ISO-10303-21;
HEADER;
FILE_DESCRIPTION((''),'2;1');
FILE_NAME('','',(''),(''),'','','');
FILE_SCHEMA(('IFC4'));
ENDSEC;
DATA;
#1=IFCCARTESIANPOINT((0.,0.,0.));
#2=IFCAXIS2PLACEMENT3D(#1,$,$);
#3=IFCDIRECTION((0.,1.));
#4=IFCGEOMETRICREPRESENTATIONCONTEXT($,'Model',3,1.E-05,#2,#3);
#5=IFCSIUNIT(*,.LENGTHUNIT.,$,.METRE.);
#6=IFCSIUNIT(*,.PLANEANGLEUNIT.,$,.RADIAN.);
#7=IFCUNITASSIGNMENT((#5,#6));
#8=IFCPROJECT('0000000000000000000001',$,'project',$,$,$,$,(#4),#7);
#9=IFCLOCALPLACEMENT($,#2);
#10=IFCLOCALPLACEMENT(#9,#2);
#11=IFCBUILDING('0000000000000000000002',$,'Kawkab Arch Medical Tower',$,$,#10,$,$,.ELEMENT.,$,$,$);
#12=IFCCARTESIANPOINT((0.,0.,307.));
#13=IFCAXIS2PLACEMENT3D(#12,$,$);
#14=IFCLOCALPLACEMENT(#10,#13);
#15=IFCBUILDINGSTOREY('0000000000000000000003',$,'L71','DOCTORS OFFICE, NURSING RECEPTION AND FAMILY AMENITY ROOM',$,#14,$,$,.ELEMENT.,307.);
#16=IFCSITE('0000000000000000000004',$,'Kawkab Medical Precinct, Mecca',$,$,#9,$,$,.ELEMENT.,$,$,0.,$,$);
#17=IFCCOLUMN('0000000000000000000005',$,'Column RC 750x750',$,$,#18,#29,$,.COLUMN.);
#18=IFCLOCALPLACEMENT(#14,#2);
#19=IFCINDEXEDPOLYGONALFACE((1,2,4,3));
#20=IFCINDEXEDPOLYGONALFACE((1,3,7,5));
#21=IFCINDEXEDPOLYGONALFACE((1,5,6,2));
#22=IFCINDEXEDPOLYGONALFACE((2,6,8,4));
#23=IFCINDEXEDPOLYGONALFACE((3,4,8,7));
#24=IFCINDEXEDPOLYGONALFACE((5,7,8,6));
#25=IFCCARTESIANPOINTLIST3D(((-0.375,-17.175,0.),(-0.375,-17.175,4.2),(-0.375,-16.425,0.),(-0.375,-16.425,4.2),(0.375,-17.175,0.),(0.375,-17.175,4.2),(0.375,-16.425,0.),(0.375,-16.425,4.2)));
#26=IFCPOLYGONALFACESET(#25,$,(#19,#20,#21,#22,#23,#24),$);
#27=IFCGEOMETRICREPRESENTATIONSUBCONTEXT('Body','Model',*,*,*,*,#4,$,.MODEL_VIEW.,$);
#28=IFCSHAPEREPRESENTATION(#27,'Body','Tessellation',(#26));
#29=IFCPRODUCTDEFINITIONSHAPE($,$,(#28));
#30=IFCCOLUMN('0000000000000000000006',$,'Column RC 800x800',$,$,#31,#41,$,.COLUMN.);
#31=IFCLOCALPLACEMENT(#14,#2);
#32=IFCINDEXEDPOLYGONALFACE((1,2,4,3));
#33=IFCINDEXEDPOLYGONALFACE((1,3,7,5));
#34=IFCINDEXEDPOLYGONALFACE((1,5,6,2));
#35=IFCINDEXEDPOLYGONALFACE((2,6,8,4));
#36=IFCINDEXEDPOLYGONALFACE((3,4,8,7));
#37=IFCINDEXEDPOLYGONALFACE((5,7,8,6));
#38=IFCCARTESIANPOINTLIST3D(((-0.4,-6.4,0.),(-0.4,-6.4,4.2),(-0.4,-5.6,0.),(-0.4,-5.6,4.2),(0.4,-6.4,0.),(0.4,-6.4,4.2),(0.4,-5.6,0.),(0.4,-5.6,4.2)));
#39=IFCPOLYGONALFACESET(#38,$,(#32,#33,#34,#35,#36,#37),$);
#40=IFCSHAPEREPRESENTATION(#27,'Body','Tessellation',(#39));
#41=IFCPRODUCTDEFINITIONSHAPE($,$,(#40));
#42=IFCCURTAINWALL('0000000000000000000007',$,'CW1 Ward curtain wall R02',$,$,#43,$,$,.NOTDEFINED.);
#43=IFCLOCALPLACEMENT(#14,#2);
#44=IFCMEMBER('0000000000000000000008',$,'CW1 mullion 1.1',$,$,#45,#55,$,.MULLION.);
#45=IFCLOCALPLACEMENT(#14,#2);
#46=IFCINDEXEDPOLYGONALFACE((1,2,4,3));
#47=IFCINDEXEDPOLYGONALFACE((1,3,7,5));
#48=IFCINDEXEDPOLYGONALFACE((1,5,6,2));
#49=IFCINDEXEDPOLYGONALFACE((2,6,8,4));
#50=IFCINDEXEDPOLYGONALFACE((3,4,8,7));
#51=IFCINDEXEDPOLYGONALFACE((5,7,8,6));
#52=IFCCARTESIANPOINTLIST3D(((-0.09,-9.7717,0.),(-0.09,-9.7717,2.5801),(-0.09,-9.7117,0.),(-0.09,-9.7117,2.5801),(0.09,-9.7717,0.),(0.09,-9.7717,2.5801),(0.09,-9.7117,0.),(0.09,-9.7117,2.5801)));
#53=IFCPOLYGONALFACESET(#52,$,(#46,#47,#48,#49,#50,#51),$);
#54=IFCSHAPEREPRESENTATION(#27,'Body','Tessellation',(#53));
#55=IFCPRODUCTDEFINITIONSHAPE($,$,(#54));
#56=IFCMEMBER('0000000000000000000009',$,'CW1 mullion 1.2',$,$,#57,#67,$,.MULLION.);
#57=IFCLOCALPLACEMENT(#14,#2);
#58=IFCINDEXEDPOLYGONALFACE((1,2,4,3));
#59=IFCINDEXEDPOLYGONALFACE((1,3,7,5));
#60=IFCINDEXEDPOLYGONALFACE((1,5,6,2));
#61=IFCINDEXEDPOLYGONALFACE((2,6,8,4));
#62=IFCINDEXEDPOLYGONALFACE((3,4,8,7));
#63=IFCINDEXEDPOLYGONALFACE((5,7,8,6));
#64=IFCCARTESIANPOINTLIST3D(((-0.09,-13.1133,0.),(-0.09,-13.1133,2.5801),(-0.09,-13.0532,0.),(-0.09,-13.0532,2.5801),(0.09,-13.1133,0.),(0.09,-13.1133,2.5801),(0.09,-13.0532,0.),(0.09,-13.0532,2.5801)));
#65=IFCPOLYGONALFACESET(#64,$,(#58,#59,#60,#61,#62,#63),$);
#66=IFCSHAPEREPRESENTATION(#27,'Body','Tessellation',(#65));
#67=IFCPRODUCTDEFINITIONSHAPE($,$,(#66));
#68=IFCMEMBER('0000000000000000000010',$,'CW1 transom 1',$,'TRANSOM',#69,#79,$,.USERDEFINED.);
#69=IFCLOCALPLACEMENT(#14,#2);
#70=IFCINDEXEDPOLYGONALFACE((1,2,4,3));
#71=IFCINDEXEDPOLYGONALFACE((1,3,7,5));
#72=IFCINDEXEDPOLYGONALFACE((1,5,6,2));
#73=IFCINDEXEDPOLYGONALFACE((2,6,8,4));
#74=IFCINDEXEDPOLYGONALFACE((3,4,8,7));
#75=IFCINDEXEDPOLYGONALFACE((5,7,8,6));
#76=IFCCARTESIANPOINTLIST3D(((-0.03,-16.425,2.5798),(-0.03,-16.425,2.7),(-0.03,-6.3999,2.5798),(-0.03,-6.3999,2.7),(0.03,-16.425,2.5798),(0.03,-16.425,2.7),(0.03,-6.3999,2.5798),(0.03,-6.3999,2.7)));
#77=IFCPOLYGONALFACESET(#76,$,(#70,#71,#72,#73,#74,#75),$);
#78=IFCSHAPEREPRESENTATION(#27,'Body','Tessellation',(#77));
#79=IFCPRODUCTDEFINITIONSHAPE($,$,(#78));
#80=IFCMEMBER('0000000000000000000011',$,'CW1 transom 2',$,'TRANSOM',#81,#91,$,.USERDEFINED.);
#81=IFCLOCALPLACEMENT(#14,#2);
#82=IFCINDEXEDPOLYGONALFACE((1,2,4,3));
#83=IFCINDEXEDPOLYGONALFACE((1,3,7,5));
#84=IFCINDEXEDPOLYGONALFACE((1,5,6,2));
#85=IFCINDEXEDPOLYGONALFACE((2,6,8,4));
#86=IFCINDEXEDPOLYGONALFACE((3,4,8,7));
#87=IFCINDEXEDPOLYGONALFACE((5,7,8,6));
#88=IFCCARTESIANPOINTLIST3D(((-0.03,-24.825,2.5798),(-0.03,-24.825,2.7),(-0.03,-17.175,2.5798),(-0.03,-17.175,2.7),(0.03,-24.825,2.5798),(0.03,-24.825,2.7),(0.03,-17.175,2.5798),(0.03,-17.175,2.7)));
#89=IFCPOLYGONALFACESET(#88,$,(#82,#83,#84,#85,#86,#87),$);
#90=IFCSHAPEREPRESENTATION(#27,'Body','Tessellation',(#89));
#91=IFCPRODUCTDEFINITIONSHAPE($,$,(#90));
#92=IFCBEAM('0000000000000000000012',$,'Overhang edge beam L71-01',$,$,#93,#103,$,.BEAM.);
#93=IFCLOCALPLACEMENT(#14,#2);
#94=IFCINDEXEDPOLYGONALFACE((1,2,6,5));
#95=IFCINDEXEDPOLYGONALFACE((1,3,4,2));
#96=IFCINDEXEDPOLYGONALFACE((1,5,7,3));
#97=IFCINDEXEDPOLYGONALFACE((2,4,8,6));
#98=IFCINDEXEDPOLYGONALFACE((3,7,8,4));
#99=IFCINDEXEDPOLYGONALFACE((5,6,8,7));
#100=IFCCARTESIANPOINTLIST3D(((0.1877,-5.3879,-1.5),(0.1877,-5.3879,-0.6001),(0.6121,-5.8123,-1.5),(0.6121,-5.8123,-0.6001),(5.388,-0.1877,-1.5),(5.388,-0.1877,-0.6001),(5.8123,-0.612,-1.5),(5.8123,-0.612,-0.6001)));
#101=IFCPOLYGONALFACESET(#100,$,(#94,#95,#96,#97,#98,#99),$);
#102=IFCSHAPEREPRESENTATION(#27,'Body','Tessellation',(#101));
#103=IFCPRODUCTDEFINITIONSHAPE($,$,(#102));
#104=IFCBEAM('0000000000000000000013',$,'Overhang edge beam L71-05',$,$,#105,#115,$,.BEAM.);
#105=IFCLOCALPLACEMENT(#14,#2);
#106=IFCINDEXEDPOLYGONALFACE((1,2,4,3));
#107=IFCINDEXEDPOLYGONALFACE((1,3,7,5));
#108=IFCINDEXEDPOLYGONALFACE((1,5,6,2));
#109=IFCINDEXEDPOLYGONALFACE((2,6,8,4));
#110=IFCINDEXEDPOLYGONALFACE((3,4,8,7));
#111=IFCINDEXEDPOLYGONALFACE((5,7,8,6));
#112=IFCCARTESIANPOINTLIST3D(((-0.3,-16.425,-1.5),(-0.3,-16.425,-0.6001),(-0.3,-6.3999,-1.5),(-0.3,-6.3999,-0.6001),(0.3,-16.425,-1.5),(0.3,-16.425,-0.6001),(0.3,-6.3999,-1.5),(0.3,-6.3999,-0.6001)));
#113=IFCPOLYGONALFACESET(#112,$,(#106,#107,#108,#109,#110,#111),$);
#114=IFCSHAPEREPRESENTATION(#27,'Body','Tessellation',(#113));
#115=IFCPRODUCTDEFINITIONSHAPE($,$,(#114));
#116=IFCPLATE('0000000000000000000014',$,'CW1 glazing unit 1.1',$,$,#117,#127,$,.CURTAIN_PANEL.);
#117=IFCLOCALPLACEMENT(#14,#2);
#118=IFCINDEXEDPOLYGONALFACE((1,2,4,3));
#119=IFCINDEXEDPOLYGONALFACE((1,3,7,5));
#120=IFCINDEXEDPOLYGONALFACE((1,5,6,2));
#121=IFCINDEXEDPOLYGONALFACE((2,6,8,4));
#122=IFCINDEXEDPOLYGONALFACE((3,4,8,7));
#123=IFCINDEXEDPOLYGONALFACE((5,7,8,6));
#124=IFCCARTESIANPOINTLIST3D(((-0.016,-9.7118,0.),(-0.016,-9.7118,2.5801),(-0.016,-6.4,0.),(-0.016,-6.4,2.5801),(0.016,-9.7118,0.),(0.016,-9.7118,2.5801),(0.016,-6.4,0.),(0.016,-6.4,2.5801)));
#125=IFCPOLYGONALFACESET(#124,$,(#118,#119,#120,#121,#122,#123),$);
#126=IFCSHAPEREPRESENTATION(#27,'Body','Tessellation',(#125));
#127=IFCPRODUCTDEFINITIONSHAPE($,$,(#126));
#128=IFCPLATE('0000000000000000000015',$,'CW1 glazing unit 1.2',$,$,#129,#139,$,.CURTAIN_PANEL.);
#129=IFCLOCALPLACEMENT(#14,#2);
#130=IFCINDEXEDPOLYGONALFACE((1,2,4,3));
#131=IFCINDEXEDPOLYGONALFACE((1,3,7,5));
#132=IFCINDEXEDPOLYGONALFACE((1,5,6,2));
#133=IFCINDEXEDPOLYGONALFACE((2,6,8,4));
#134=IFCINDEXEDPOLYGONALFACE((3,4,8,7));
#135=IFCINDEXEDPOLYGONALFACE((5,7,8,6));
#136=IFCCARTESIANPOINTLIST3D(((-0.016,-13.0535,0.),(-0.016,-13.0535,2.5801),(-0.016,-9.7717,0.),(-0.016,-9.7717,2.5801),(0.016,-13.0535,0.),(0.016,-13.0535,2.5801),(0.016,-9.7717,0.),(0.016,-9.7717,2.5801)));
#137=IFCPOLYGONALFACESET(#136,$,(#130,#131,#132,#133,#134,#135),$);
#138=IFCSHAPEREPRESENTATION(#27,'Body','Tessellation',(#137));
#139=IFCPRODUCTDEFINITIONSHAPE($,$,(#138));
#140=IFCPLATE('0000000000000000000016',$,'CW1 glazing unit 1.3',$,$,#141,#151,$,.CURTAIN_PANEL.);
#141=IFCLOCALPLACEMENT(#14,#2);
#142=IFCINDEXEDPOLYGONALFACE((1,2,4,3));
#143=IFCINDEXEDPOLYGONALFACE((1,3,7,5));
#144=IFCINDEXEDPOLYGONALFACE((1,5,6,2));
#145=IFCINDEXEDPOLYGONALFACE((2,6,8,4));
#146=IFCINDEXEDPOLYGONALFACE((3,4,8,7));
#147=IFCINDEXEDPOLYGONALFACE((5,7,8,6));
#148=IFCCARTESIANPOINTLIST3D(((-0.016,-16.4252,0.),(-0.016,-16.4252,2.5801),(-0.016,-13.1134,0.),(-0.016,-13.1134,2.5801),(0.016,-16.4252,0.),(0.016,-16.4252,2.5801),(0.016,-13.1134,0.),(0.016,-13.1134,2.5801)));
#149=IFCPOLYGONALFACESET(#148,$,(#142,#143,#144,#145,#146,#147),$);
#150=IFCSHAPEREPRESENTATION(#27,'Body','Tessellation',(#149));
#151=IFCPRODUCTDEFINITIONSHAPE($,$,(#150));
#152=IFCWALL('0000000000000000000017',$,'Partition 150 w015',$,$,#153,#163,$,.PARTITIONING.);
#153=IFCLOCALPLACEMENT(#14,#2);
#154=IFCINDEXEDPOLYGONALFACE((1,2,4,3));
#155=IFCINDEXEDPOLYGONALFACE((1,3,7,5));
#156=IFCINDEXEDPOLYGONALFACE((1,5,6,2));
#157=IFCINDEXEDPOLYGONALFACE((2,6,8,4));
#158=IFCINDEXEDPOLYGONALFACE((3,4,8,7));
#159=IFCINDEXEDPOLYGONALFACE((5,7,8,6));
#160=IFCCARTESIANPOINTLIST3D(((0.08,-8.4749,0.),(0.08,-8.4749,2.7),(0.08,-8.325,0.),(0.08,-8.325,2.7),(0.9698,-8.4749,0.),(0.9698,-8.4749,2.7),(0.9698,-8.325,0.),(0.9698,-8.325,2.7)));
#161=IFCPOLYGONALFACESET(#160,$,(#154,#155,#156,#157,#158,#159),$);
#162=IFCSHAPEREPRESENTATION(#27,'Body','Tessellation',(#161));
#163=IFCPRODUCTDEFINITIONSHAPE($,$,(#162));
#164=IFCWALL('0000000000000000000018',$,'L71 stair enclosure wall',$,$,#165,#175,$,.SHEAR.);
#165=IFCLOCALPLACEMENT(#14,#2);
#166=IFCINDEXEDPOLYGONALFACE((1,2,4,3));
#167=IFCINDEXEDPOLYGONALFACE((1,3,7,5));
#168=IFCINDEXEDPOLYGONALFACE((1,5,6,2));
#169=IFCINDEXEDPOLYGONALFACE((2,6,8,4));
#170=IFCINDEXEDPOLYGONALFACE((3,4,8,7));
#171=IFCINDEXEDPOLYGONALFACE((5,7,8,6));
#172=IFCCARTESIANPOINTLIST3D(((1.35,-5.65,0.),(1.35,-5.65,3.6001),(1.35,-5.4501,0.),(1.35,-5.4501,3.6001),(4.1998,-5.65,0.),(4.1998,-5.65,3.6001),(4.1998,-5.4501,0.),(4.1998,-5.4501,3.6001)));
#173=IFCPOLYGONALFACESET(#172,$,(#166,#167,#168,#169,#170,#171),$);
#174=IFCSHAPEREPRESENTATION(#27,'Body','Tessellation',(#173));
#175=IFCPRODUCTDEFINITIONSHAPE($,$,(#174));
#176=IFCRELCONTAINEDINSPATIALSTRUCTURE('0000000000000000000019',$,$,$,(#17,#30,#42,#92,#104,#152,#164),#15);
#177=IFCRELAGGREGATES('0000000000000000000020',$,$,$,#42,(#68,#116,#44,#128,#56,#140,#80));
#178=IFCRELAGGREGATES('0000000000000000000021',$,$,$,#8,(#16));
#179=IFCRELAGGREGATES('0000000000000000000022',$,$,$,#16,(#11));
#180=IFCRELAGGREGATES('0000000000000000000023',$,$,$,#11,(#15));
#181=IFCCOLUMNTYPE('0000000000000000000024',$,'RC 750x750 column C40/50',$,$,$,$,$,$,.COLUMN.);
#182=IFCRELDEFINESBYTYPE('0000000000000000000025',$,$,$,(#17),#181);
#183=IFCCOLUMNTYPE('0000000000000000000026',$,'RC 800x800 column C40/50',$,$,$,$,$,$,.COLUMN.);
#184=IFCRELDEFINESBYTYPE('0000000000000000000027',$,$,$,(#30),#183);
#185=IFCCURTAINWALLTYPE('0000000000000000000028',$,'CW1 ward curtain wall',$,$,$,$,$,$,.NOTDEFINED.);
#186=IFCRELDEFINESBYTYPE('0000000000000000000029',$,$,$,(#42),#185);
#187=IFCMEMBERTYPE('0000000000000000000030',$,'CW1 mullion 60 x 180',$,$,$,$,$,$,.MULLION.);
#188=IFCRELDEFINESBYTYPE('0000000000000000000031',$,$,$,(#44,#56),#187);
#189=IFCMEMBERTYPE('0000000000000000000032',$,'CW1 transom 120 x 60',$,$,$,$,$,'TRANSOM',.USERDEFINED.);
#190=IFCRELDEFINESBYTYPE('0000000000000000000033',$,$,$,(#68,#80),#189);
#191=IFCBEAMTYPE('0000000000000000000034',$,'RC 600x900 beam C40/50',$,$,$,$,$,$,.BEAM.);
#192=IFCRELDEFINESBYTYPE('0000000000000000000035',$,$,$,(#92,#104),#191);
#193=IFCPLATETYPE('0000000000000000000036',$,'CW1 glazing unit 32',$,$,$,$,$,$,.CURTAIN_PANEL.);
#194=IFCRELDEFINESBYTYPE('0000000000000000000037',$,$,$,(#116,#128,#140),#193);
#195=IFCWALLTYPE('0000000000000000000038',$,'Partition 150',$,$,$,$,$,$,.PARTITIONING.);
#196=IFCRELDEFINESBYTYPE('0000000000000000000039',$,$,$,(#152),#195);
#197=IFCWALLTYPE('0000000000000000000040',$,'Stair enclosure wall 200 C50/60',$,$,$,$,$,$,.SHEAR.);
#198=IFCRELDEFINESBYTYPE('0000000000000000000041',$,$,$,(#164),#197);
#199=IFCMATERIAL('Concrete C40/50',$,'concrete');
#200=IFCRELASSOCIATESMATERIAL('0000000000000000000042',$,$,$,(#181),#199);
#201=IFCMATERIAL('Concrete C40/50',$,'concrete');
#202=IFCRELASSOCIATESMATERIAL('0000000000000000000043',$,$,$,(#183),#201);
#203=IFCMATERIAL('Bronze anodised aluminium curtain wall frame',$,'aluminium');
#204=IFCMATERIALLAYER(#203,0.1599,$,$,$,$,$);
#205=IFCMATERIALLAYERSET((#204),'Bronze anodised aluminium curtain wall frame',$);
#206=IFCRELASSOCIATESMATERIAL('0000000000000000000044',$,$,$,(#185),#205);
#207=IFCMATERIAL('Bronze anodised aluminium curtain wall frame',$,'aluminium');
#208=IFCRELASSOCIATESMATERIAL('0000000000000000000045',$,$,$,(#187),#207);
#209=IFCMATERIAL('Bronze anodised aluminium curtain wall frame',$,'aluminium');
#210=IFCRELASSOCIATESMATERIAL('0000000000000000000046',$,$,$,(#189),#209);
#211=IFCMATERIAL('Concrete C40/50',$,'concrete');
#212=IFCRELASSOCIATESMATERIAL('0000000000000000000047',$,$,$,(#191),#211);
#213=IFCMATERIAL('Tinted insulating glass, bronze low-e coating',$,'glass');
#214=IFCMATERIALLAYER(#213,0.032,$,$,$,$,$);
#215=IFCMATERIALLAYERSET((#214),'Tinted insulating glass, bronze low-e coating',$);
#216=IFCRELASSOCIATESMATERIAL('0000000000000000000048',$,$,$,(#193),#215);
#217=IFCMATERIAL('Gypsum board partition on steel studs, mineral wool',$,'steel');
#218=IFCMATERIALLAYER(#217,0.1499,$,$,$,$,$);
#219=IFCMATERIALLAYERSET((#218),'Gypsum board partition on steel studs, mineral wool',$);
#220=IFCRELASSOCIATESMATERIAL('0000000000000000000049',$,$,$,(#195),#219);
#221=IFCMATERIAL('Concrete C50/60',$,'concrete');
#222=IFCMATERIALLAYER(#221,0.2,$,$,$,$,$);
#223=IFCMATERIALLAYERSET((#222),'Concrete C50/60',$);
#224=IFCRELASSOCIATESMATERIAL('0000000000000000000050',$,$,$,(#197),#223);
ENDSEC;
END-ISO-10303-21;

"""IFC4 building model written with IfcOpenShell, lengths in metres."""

from ifc_helpers import new_model, si_unit, direction, frame, frame_2d, origin, origin_2d, place, context, subcontext, project, spatial, rectangle, extrude, material, layer, layer_set, material_profile, profile_set, type_object, element, aggregate, save


model = new_model("IFC4")

# Units and contexts
model_context = context("Model", 3, precision=1e-05, world=origin(), true_north=direction((0.0, 1.0)))
body_context = subcontext(model_context, "Body", "Model", "MODEL_VIEW")
ifc_project = project(units=[si_unit("LENGTHUNIT", "METRE"), si_unit("PLANEANGLEUNIT", "RADIAN")], contexts=[model_context])

# Site, building, storey
site_placement = place(None, origin())
site = spatial("IfcSite", under=ifc_project, at=site_placement, Name="Kawkab Medical Precinct, Mecca", CompositionType="ELEMENT", RefElevation=0.0)
building_placement = place(site_placement, origin())
building = spatial("IfcBuilding", under=site, at=building_placement, Name="Kawkab Arch Medical Tower", CompositionType="ELEMENT")
storey_placement = place(building_placement, frame((0.0, 0.0, 307.0)))
storey = spatial("IfcBuildingStorey", under=building, at=storey_placement, Name="L71", Description="DOCTORS OFFICE, NURSING RECEPTION AND FAMILY AMENITY ROOM", CompositionType="ELEMENT", Elevation=307.0)

# Columns
ifc_material_1 = material(Name="Concrete C40/50", Category="concrete")
ifc_material_profile_1 = material_profile(ifc_material_1, rectangle(XDim=0.75, YDim=0.75, at=origin_2d()), Name="RC 750x750")
ifc_profile_set_1 = profile_set([ifc_material_profile_1], Name="Concrete C40/50")
column_type_1 = type_object("IfcColumnType", Name="RC 750x750 column C40/50", PredefinedType="COLUMN", material=ifc_profile_set_1)
column_1_placement = place(storey_placement, frame((0.0, -16.8, 0.0), z_axis=(0.0, 0.0, 1.0), x_axis=(1.0, 0.0, 0.0)))
element("IfcColumn", 1, at=column_1_placement, inside=storey, type_object=column_type_1, Name="Column RC 750x750", PredefinedType="COLUMN", context=body_context, shape_type="SweptSolid", body=[
    extrude(rectangle(XDim=0.75, YDim=0.75, at=origin_2d()), origin(), (0.0, 0.0, 1.0), 4.2),
])
ifc_material_2 = material(Name="Concrete C40/50", Category="concrete")
ifc_material_profile_2 = material_profile(ifc_material_2, rectangle(XDim=0.8, YDim=0.8, at=origin_2d()), Name="RC 800x800")
ifc_profile_set_2 = profile_set([ifc_material_profile_2], Name="Concrete C40/50")
column_type_2 = type_object("IfcColumnType", Name="RC 800x800 column C40/50", PredefinedType="COLUMN", material=ifc_profile_set_2)
column_2_placement = place(storey_placement, frame((0.0, -6.0, 0.0), z_axis=(0.0, 0.0, 1.0), x_axis=(1.0, 0.0, 0.0)))
element("IfcColumn", 2, at=column_2_placement, inside=storey, type_object=column_type_2, Name="Column RC 800x800", PredefinedType="COLUMN", context=body_context, shape_type="SweptSolid", body=[
    extrude(rectangle(XDim=0.8, YDim=0.8, at=origin_2d()), origin(), (0.0, 0.0, 1.0), 4.2),
])

# Curtain wall, members
ifc_material_3 = material(Name="Bronze anodised aluminium curtain wall frame", Category="aluminium")
ifc_layer_1 = layer(ifc_material_3, 0.1599)
ifc_layer_set_1 = layer_set([ifc_layer_1], Name="Bronze anodised aluminium curtain wall frame")
curtain_wall_type = type_object("IfcCurtainWallType", Name="CW1 ward curtain wall", PredefinedType="NOTDEFINED", material=ifc_layer_set_1)
curtain_wall_placement = place(storey_placement, origin())
curtain_wall = element("IfcCurtainWall", 3, at=curtain_wall_placement, inside=storey, type_object=curtain_wall_type, Name="CW1 Ward curtain wall R02", PredefinedType="NOTDEFINED")
ifc_material_4 = material(Name="Bronze anodised aluminium curtain wall frame", Category="aluminium")
ifc_material_profile_3 = material_profile(ifc_material_4, rectangle(XDim=0.1799, YDim=0.0601, at=origin_2d()), Name="AL 60x180")
ifc_profile_set_3 = profile_set([ifc_material_profile_3], Name="Bronze anodised aluminium curtain wall frame")
member_type_1 = type_object("IfcMemberType", Name="CW1 mullion 60 x 180", PredefinedType="MULLION", material=ifc_profile_set_3)
member_1_placement = place(storey_placement, frame((0.0, -9.7417, 0.0), z_axis=(0.0, 0.0, 1.0), x_axis=(1.0, 0.0, 0.0)))
member_1 = element("IfcMember", 4, at=member_1_placement, type_object=member_type_1, Name="CW1 mullion 1.1", PredefinedType="MULLION", context=body_context, shape_type="SweptSolid", body=[
    extrude(rectangle(XDim=0.1799, YDim=0.0601, at=origin_2d()), origin(), (0.0, 0.0, 1.0), 2.5801),
])
member_2_placement = place(storey_placement, frame((0.0, -13.0833, 0.0), z_axis=(0.0, 0.0, 1.0), x_axis=(1.0, 0.0, 0.0)))
member_2 = element("IfcMember", 5, at=member_2_placement, type_object=member_type_1, Name="CW1 mullion 1.2", PredefinedType="MULLION", context=body_context, shape_type="SweptSolid", body=[
    extrude(rectangle(XDim=0.1799, YDim=0.0601, at=origin_2d()), origin(), (0.0, 0.0, 1.0), 2.5801),
])
ifc_material_5 = material(Name="Bronze anodised aluminium curtain wall frame", Category="aluminium")
ifc_material_profile_4 = material_profile(ifc_material_5, rectangle(XDim=0.0601, YDim=0.1201, at=origin_2d()), Name="AL 60x120")
ifc_profile_set_4 = profile_set([ifc_material_profile_4], Name="Bronze anodised aluminium curtain wall frame")
member_type_2 = type_object("IfcMemberType", Name="CW1 transom 120 x 60", ElementType="TRANSOM", PredefinedType="USERDEFINED", material=ifc_profile_set_4)
member_3_placement = place(storey_placement, frame((0.0, -6.3999, 2.6399), z_axis=(0.0, -1.0, 0.0), x_axis=(1.0, 0.0, 0.0)))
member_3 = element("IfcMember", 6, at=member_3_placement, type_object=member_type_2, Name="CW1 transom 1", ObjectType="TRANSOM", PredefinedType="USERDEFINED", context=body_context, shape_type="SweptSolid", body=[
    extrude(rectangle(XDim=0.0601, YDim=0.1201, at=origin_2d()), origin(), (0.0, 0.0, 1.0), 10.0251),
])
member_4_placement = place(storey_placement, frame((0.0, -17.175, 2.6399), z_axis=(0.0, -1.0, 0.0), x_axis=(1.0, 0.0, 0.0)))
member_4 = element("IfcMember", 7, at=member_4_placement, type_object=member_type_2, Name="CW1 transom 2", ObjectType="TRANSOM", PredefinedType="USERDEFINED", context=body_context, shape_type="SweptSolid", body=[
    extrude(rectangle(XDim=0.0601, YDim=0.1201, at=origin_2d()), origin(), (0.0, 0.0, 1.0), 7.6499),
])

# Beams
ifc_material_6 = material(Name="Concrete C40/50", Category="concrete")
ifc_material_profile_5 = material_profile(ifc_material_6, rectangle(XDim=0.6001, YDim=0.8999, at=origin_2d()), Name="RC 600x900")
ifc_profile_set_5 = profile_set([ifc_material_profile_5], Name="Concrete C40/50")
beam_type = type_object("IfcBeamType", Name="RC 600x900 beam C40/50", PredefinedType="BEAM", material=ifc_profile_set_5)
beam_1_placement = place(storey_placement, frame((0.3999, -5.6001, -1.05), z_axis=(0.707107, 0.707107, 0.0), x_axis=(-0.707107, 0.707107, 0.0)))
element("IfcBeam", 8, at=beam_1_placement, inside=storey, type_object=beam_type, Name="Overhang edge beam L71-01", PredefinedType="BEAM", context=body_context, shape_type="SweptSolid", body=[
    extrude(rectangle(XDim=0.6001, YDim=0.8999, at=origin_2d()), origin(), (0.0, 0.0, 1.0), 7.3542),
])
beam_2_placement = place(storey_placement, frame((0.0, -16.425, -1.05), z_axis=(0.0, 1.0, 0.0), x_axis=(-1.0, 0.0, 0.0)))
element("IfcBeam", 9, at=beam_2_placement, inside=storey, type_object=beam_type, Name="Overhang edge beam L71-05", PredefinedType="BEAM", context=body_context, shape_type="SweptSolid", body=[
    extrude(rectangle(XDim=0.6001, YDim=0.8999, at=origin_2d()), origin(), (0.0, 0.0, 1.0), 10.0251),
])

# Plates
ifc_material_7 = material(Name="Tinted insulating glass, bronze low-e coating", Category="glass")
ifc_layer_2 = layer(ifc_material_7, 0.032)
ifc_layer_set_2 = layer_set([ifc_layer_2], Name="Tinted insulating glass, bronze low-e coating")
plate_type = type_object("IfcPlateType", Name="CW1 glazing unit 32", PredefinedType="CURTAIN_PANEL", material=ifc_layer_set_2)
plate_1_placement = place(storey_placement, frame((0.0, -8.0559, 0.0), z_axis=(0.0, 0.0, 1.0), x_axis=(0.0, -1.0, 0.0)))
plate_1 = element("IfcPlate", 10, at=plate_1_placement, type_object=plate_type, Name="CW1 glazing unit 1.1", PredefinedType="CURTAIN_PANEL", context=body_context, shape_type="SweptSolid", body=[
    extrude(rectangle(XDim=3.3118, YDim=0.032, at=origin_2d()), origin(), (0.0, 0.0, 1.0), 2.5801),
])
plate_2_placement = place(storey_placement, frame((0.0, -11.4126, 0.0), z_axis=(0.0, 0.0, 1.0), x_axis=(0.0, -1.0, 0.0)))
plate_2 = element("IfcPlate", 11, at=plate_2_placement, type_object=plate_type, Name="CW1 glazing unit 1.2", PredefinedType="CURTAIN_PANEL", context=body_context, shape_type="SweptSolid", body=[
    extrude(rectangle(XDim=3.2817, YDim=0.032, at=origin_2d()), origin(), (0.0, 0.0, 1.0), 2.5801),
])
plate_3_placement = place(storey_placement, frame((0.0, -14.7693, 0.0), z_axis=(0.0, 0.0, 1.0), x_axis=(0.0, -1.0, 0.0)))
plate_3 = element("IfcPlate", 12, at=plate_3_placement, type_object=plate_type, Name="CW1 glazing unit 1.3", PredefinedType="CURTAIN_PANEL", context=body_context, shape_type="SweptSolid", body=[
    extrude(rectangle(XDim=3.3118, YDim=0.032, at=origin_2d()), origin(), (0.0, 0.0, 1.0), 2.5801),
])
aggregate(curtain_wall, [member_3, plate_1, member_1, plate_2, member_2, plate_3, member_4])

# Walls
ifc_material_8 = material(Name="Gypsum board partition on steel studs, mineral wool", Category="steel")
ifc_layer_3 = layer(ifc_material_8, 0.1499)
ifc_layer_set_3 = layer_set([ifc_layer_3], Name="Gypsum board partition on steel studs, mineral wool")
wall_type_1 = type_object("IfcWallType", Name="Partition 150", PredefinedType="PARTITIONING", material=ifc_layer_set_3)
wall_1_placement = place(storey_placement, frame((0.0801, -8.3999, 0.0), z_axis=(0.0, 0.0, 1.0), x_axis=(1.0, 0.0, 0.0)))
element("IfcWall", 13, at=wall_1_placement, inside=storey, type_object=wall_type_1, Name="Partition 150 w015", PredefinedType="PARTITIONING", context=body_context, shape_type="SweptSolid", body=[
    extrude(rectangle(XDim=0.8899, YDim=0.1499, at=frame_2d((0.4448, 0.0))), origin(), (0.0, 0.0, 1.0), 2.7),
])
ifc_material_9 = material(Name="Concrete C50/60", Category="concrete")
ifc_layer_4 = layer(ifc_material_9, 0.2)
ifc_layer_set_4 = layer_set([ifc_layer_4], Name="Concrete C50/60")
wall_type_2 = type_object("IfcWallType", Name="Stair enclosure wall 200 C50/60", PredefinedType="SHEAR", material=ifc_layer_set_4)
for number, where, z_axis, x_axis, name in (
    (14, (1.3501, -5.55, 0.0), (0.0, 0.0, 1.0), (1.0, 0.0, 0.0), "L71 stair enclosure wall"),
):
    element("IfcWall", number, at=place(storey_placement, frame(where, z_axis=z_axis, x_axis=x_axis)), inside=storey, type_object=wall_type_2, Name=name, PredefinedType="SHEAR", context=body_context, shape_type="SweptSolid", body=[
        extrude(rectangle(XDim=2.8499, YDim=0.2, at=frame_2d((1.4248, 0.0))), origin(), (0.0, 0.0, 1.0), 3.6001),
    ])

save(model, "model.ifc")
